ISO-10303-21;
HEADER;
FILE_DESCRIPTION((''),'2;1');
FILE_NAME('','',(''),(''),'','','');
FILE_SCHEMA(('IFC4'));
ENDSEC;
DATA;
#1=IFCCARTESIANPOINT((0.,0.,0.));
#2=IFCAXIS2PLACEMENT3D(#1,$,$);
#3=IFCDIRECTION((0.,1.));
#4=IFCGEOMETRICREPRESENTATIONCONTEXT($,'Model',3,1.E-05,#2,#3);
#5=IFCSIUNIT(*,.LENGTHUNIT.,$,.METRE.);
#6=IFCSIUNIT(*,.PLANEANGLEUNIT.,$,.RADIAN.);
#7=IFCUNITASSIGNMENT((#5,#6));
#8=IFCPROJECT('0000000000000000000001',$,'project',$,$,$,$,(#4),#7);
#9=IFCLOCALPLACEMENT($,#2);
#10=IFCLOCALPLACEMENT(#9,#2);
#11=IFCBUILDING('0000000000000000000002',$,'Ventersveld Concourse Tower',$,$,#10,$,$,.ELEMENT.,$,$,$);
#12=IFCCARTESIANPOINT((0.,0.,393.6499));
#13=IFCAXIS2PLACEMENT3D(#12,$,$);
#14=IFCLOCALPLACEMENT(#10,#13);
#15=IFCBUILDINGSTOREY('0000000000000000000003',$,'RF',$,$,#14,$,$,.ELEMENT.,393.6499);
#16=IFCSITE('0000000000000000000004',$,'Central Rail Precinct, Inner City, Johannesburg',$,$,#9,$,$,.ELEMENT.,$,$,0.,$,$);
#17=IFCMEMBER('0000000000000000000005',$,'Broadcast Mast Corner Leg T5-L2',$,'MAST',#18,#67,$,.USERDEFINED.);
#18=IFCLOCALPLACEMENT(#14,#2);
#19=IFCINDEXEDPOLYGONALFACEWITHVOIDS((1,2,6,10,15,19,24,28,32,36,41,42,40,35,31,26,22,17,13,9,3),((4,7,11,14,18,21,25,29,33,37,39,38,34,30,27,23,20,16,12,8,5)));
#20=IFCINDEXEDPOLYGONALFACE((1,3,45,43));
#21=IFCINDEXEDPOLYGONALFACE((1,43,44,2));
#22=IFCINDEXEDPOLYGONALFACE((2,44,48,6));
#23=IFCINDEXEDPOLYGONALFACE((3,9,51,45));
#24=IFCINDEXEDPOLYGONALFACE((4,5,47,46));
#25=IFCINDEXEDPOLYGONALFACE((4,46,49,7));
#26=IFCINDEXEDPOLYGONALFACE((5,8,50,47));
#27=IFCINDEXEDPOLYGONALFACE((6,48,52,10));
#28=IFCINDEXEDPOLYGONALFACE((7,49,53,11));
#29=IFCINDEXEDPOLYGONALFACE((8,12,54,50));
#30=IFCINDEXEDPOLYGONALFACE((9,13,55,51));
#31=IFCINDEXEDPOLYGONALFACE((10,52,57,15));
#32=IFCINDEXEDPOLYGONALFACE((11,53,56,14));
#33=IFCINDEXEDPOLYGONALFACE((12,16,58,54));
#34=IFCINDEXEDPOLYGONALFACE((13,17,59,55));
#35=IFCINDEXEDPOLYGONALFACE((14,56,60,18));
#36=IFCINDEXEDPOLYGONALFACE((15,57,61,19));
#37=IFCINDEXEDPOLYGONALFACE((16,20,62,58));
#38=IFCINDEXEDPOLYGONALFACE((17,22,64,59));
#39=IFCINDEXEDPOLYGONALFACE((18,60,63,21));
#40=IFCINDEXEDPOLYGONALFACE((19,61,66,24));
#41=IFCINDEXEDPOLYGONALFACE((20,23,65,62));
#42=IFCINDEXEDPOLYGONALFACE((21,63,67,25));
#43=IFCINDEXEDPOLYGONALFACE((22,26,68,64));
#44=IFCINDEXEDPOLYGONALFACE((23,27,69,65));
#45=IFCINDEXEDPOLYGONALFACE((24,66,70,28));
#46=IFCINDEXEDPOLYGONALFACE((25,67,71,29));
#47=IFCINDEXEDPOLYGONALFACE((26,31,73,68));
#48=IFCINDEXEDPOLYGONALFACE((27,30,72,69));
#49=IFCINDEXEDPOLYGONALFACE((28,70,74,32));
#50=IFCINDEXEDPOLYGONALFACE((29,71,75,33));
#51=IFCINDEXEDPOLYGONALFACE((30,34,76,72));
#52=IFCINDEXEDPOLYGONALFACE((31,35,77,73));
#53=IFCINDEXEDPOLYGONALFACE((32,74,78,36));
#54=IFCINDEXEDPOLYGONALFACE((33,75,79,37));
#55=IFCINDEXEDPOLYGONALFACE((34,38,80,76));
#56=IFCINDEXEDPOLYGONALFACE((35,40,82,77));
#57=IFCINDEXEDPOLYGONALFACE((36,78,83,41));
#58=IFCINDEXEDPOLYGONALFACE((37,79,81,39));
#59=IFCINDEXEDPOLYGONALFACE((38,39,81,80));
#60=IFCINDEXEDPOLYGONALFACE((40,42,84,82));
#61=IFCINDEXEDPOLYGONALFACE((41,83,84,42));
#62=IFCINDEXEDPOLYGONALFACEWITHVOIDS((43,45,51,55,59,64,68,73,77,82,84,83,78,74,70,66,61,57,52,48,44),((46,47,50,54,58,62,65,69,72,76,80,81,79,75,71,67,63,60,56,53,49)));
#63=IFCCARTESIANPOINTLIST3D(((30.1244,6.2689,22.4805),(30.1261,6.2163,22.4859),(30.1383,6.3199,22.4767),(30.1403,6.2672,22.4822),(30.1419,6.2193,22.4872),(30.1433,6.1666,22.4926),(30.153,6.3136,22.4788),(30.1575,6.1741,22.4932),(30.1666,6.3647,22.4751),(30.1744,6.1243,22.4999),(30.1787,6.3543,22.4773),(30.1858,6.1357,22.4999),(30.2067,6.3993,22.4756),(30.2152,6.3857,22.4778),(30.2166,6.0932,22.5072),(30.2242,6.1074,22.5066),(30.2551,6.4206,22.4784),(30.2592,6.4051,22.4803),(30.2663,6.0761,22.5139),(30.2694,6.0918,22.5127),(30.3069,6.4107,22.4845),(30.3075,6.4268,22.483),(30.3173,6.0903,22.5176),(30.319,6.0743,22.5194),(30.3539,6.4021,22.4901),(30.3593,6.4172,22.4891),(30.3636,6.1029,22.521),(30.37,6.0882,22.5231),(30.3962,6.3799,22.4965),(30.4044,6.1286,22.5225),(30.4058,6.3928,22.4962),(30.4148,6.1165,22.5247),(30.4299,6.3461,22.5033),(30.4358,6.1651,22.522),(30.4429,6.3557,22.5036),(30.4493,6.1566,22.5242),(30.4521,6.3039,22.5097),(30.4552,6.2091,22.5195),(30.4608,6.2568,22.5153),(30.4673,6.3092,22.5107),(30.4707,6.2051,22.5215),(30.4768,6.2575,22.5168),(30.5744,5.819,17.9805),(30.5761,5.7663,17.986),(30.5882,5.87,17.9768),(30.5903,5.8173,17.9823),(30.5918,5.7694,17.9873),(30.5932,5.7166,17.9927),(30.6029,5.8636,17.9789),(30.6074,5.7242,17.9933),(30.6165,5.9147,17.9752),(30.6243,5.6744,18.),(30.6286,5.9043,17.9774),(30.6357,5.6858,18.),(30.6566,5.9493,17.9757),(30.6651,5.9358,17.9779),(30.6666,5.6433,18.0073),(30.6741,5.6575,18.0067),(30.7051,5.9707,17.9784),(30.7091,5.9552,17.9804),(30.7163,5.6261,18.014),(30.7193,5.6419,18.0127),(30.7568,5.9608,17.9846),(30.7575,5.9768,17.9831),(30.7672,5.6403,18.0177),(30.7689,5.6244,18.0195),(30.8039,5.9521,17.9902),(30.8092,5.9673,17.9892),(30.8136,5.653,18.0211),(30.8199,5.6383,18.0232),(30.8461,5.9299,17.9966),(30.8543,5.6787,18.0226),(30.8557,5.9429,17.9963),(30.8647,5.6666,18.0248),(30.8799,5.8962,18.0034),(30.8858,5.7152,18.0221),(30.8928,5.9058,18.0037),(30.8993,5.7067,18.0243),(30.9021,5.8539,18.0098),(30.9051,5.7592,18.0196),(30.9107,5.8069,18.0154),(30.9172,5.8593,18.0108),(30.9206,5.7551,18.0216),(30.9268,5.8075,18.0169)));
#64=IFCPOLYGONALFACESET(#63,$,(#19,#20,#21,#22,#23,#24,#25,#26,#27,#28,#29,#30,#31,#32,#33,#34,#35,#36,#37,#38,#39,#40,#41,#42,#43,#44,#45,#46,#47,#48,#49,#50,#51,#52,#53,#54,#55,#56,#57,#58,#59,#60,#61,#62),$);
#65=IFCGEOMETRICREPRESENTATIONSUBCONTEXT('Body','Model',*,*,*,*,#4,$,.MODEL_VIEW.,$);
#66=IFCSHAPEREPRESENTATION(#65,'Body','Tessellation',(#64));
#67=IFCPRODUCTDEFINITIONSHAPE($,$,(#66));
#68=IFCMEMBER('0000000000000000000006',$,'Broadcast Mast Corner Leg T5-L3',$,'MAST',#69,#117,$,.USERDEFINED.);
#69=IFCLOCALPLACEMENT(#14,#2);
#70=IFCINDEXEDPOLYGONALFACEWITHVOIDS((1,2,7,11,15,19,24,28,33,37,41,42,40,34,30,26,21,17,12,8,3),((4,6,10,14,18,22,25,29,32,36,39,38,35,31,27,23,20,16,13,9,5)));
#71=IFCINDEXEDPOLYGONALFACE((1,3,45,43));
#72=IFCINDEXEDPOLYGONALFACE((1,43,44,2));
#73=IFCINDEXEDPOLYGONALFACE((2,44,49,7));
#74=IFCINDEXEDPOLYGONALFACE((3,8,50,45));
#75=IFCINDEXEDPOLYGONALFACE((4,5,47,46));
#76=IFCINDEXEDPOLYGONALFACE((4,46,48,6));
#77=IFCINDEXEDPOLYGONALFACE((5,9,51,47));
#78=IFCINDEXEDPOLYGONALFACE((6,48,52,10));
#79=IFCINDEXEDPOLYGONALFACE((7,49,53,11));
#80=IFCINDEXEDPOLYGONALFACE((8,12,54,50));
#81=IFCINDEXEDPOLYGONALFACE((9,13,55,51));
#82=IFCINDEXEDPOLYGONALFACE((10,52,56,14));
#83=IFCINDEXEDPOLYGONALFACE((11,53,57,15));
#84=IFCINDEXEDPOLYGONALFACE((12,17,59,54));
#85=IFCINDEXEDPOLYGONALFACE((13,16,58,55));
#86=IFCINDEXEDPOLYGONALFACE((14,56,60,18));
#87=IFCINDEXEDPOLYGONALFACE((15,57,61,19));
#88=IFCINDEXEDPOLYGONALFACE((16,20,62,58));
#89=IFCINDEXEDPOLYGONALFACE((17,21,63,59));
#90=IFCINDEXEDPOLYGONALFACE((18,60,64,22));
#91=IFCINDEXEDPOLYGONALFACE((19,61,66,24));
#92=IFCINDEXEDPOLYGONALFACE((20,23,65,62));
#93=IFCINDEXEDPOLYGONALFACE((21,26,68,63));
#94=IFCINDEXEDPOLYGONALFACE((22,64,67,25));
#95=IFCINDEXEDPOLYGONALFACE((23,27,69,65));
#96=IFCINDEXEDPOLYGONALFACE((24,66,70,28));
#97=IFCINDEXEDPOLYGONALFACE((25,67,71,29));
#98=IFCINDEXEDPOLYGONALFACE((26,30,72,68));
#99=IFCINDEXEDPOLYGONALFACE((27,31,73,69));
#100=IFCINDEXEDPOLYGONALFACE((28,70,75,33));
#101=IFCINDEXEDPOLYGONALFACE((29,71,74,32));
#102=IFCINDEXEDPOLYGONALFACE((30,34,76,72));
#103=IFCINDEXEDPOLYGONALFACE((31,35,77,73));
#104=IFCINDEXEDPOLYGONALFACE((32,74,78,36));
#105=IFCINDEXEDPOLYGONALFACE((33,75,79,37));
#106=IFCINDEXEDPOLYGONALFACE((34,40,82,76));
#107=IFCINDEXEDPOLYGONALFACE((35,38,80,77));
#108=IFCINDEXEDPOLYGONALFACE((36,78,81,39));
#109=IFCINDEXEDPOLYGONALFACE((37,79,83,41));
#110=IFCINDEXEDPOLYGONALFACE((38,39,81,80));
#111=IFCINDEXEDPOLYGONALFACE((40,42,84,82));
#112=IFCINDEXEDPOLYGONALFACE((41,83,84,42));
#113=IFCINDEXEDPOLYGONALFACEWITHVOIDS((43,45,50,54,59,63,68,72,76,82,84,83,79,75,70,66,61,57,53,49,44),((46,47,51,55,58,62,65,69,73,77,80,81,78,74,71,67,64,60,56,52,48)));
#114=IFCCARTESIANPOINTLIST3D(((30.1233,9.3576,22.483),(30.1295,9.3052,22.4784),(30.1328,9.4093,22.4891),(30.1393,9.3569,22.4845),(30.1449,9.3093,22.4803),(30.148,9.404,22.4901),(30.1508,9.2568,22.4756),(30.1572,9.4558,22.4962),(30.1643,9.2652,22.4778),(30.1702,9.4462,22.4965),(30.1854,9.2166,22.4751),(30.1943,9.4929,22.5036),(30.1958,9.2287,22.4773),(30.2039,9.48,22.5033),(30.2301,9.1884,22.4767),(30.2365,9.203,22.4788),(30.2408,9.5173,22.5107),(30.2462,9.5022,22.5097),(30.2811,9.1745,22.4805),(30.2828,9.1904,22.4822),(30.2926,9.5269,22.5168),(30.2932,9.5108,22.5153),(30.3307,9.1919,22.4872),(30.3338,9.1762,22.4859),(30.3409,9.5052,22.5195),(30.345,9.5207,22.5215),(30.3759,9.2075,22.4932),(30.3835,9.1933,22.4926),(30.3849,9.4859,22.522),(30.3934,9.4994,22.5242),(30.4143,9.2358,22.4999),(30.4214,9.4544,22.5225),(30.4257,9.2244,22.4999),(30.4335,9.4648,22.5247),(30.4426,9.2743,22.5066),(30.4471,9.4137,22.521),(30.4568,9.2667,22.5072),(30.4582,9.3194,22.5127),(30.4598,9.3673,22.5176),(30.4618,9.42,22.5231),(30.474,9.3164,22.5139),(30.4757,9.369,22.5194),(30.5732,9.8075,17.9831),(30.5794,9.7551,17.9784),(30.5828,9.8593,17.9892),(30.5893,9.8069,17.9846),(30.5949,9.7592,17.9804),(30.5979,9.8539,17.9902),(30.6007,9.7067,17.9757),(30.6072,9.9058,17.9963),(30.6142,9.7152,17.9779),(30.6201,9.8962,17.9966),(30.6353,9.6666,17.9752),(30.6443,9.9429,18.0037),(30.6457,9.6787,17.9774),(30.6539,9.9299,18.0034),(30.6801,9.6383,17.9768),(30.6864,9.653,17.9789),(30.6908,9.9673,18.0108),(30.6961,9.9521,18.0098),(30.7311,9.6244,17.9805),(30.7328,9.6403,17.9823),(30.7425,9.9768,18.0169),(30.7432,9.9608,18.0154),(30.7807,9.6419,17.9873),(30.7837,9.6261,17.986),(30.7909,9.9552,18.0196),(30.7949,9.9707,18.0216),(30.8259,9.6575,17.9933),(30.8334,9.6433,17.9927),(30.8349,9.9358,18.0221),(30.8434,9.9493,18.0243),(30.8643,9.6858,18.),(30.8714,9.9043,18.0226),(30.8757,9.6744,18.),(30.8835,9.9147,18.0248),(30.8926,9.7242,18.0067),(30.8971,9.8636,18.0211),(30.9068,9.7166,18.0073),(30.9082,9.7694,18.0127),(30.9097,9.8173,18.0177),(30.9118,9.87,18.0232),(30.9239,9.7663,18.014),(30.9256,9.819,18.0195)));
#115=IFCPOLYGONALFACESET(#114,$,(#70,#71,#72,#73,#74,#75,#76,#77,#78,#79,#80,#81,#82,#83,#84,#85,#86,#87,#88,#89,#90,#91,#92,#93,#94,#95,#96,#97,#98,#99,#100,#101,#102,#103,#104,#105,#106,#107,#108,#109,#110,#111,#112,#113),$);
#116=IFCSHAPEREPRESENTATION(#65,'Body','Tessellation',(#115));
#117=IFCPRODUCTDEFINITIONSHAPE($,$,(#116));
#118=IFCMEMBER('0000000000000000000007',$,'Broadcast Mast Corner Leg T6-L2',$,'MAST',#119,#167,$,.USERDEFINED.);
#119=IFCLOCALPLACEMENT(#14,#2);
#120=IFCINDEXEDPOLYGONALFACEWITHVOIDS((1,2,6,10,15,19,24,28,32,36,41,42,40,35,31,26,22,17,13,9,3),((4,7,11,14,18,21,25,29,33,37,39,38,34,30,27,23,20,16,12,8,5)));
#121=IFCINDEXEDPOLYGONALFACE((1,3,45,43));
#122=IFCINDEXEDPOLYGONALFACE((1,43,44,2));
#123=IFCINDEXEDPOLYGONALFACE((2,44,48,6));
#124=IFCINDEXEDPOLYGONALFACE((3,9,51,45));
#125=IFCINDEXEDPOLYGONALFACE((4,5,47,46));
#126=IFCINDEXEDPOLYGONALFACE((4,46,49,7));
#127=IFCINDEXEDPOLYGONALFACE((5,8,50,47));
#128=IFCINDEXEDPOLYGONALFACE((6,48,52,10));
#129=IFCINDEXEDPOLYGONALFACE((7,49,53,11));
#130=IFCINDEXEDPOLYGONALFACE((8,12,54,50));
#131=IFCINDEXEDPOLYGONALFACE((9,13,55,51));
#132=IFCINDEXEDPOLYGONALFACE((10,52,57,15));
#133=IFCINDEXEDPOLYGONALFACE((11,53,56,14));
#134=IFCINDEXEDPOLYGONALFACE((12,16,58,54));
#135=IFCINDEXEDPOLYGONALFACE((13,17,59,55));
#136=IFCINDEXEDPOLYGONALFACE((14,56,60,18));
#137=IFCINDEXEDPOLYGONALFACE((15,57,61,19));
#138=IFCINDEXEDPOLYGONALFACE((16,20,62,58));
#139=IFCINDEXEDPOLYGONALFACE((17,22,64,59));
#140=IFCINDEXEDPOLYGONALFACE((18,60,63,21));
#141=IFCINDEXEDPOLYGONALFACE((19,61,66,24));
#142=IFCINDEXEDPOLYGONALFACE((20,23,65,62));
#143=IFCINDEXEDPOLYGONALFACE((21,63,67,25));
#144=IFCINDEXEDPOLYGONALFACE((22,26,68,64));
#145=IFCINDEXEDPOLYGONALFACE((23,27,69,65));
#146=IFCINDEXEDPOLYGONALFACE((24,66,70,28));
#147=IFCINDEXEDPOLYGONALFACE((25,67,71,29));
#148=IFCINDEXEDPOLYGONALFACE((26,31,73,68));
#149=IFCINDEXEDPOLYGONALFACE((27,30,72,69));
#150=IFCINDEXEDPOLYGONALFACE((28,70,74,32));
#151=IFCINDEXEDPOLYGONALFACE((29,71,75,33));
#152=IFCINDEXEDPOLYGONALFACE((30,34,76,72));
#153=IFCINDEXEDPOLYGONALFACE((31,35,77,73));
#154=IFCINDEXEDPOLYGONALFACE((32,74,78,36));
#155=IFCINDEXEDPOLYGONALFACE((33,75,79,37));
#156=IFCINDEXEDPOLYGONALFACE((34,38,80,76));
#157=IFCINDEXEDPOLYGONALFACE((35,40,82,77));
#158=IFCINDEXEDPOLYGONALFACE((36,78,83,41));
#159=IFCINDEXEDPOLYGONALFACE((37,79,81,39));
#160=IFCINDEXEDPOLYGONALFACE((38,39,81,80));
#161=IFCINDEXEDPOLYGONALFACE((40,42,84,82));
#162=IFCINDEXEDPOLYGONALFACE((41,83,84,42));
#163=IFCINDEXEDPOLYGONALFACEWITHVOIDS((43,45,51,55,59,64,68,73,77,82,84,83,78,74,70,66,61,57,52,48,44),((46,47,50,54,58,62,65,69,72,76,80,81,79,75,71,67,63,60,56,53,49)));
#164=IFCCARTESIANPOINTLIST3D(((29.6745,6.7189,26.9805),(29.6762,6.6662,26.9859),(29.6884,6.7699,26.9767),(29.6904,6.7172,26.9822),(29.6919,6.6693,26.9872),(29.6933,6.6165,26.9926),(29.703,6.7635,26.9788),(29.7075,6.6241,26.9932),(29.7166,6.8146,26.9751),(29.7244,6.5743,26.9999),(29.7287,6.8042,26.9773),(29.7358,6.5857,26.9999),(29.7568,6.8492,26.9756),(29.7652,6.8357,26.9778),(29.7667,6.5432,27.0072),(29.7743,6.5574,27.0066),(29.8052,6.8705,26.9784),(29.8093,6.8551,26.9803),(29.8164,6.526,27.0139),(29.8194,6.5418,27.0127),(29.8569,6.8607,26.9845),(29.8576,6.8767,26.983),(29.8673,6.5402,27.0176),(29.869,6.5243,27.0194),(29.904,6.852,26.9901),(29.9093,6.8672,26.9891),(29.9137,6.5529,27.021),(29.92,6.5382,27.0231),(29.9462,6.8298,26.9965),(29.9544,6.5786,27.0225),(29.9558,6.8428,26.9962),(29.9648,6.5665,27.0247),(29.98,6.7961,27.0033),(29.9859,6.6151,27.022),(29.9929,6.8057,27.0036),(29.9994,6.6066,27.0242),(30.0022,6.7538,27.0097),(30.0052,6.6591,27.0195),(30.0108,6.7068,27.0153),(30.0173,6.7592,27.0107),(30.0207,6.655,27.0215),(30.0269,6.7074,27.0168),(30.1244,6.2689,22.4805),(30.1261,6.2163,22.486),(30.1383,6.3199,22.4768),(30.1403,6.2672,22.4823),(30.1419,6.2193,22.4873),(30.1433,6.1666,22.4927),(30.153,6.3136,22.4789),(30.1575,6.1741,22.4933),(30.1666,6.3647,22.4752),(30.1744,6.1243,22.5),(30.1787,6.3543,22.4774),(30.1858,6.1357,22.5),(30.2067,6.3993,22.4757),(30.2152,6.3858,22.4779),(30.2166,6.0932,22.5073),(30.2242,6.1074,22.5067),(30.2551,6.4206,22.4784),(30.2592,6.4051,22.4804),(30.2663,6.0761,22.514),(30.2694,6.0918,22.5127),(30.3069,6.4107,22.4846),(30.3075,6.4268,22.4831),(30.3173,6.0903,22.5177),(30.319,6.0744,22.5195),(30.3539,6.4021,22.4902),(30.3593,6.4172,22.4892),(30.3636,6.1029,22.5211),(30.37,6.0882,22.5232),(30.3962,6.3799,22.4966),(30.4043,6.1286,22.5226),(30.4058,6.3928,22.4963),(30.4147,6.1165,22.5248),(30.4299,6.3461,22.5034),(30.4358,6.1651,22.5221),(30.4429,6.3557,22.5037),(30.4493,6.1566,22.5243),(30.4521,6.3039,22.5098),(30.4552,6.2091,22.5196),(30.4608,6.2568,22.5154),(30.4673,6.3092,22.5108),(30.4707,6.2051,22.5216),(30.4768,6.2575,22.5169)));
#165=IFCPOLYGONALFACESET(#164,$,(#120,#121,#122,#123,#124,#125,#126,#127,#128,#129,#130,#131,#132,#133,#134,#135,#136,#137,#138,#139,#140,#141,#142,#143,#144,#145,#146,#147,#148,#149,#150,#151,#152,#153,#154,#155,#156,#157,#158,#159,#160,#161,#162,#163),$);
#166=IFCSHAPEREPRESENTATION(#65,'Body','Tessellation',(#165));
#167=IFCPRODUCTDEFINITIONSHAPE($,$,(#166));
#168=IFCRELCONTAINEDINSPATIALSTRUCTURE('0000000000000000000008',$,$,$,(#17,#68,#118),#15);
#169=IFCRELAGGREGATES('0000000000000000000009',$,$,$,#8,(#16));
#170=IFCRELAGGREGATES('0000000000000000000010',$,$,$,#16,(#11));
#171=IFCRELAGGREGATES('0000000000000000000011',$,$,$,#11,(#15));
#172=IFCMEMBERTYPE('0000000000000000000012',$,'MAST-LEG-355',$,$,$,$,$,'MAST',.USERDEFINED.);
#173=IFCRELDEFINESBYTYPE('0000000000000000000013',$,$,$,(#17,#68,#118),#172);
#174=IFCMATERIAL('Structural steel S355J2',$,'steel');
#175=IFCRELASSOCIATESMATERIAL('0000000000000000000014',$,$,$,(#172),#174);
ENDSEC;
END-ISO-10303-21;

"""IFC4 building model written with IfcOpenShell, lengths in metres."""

from ifc_helpers import new_model, si_unit, direction, frame, origin, origin_2d, place, context, subcontext, project, spatial, hollow_circle, extrude, material, material_profile, profile_set, type_object, element, save


model = new_model("IFC4")

# Units and contexts
model_context = context("Model", 3, precision=1e-05, world=origin(), true_north=direction((0.0, 1.0)))
body_context = subcontext(model_context, "Body", "Model", "MODEL_VIEW")
ifc_project = project(units=[si_unit("LENGTHUNIT", "METRE"), si_unit("PLANEANGLEUNIT", "RADIAN")], contexts=[model_context])

# Site, building, storey
site_placement = place(None, origin())
site = spatial("IfcSite", under=ifc_project, at=site_placement, Name="Central Rail Precinct, Inner City, Johannesburg", CompositionType="ELEMENT", RefElevation=0.0)
building_placement = place(site_placement, origin())
building = spatial("IfcBuilding", under=site, at=building_placement, Name="Ventersveld Concourse Tower", CompositionType="ELEMENT")
storey_placement = place(building_placement, frame((0.0, 0.0, 393.6499)))
storey = spatial("IfcBuildingStorey", under=building, at=storey_placement, Name="RF", CompositionType="ELEMENT", Elevation=393.6499)

# Members
ifc_material = material(Name="Structural steel S355J2", Category="steel")
ifc_material_profile_1 = material_profile(ifc_material, hollow_circle(Radius=0.1777, WallThickness=0.0161, at=origin_2d()), Name="CHS 355.6x16")
ifc_profile_set_1 = profile_set([ifc_material_profile_1], Name="Structural steel S355J2")
member_type_1 = type_object("IfcMemberType", Name="MAST-LEG-355", ElementType="MAST", PredefinedType="USERDEFINED", material=ifc_profile_set_1)
for number, where, z_axis, x_axis, name in (
    (1, (30.75, 5.8, 18.0), (-0.099004, 0.099004, 0.99015), (-0.707107, -0.707107, 0.0), "Broadcast Mast Corner Leg T5-L2"),
    (2, (30.75, 9.8, 18.0), (-0.099004, -0.099004, 0.99015), (0.707107, -0.707107, 0.0), "Broadcast Mast Corner Leg T5-L3"),
    (3, (30.3, 6.25, 22.5), (-0.099004, 0.099004, 0.99015), (-0.707107, -0.707107, 0.0), "Broadcast Mast Corner Leg T6-L2"),
):
    element("IfcMember", number, at=place(storey_placement, frame(where, z_axis=z_axis, x_axis=x_axis)), inside=storey, type_object=member_type_1, Name=name, ObjectType="MAST", PredefinedType="USERDEFINED", context=body_context, shape_type="SweptSolid", body=[
        extrude(hollow_circle(Radius=0.1777, WallThickness=0.0161, at=origin_2d()), origin(), (0.0, 0.0, 1.0), 4.5447),
    ])

save(model, "model.ifc")
